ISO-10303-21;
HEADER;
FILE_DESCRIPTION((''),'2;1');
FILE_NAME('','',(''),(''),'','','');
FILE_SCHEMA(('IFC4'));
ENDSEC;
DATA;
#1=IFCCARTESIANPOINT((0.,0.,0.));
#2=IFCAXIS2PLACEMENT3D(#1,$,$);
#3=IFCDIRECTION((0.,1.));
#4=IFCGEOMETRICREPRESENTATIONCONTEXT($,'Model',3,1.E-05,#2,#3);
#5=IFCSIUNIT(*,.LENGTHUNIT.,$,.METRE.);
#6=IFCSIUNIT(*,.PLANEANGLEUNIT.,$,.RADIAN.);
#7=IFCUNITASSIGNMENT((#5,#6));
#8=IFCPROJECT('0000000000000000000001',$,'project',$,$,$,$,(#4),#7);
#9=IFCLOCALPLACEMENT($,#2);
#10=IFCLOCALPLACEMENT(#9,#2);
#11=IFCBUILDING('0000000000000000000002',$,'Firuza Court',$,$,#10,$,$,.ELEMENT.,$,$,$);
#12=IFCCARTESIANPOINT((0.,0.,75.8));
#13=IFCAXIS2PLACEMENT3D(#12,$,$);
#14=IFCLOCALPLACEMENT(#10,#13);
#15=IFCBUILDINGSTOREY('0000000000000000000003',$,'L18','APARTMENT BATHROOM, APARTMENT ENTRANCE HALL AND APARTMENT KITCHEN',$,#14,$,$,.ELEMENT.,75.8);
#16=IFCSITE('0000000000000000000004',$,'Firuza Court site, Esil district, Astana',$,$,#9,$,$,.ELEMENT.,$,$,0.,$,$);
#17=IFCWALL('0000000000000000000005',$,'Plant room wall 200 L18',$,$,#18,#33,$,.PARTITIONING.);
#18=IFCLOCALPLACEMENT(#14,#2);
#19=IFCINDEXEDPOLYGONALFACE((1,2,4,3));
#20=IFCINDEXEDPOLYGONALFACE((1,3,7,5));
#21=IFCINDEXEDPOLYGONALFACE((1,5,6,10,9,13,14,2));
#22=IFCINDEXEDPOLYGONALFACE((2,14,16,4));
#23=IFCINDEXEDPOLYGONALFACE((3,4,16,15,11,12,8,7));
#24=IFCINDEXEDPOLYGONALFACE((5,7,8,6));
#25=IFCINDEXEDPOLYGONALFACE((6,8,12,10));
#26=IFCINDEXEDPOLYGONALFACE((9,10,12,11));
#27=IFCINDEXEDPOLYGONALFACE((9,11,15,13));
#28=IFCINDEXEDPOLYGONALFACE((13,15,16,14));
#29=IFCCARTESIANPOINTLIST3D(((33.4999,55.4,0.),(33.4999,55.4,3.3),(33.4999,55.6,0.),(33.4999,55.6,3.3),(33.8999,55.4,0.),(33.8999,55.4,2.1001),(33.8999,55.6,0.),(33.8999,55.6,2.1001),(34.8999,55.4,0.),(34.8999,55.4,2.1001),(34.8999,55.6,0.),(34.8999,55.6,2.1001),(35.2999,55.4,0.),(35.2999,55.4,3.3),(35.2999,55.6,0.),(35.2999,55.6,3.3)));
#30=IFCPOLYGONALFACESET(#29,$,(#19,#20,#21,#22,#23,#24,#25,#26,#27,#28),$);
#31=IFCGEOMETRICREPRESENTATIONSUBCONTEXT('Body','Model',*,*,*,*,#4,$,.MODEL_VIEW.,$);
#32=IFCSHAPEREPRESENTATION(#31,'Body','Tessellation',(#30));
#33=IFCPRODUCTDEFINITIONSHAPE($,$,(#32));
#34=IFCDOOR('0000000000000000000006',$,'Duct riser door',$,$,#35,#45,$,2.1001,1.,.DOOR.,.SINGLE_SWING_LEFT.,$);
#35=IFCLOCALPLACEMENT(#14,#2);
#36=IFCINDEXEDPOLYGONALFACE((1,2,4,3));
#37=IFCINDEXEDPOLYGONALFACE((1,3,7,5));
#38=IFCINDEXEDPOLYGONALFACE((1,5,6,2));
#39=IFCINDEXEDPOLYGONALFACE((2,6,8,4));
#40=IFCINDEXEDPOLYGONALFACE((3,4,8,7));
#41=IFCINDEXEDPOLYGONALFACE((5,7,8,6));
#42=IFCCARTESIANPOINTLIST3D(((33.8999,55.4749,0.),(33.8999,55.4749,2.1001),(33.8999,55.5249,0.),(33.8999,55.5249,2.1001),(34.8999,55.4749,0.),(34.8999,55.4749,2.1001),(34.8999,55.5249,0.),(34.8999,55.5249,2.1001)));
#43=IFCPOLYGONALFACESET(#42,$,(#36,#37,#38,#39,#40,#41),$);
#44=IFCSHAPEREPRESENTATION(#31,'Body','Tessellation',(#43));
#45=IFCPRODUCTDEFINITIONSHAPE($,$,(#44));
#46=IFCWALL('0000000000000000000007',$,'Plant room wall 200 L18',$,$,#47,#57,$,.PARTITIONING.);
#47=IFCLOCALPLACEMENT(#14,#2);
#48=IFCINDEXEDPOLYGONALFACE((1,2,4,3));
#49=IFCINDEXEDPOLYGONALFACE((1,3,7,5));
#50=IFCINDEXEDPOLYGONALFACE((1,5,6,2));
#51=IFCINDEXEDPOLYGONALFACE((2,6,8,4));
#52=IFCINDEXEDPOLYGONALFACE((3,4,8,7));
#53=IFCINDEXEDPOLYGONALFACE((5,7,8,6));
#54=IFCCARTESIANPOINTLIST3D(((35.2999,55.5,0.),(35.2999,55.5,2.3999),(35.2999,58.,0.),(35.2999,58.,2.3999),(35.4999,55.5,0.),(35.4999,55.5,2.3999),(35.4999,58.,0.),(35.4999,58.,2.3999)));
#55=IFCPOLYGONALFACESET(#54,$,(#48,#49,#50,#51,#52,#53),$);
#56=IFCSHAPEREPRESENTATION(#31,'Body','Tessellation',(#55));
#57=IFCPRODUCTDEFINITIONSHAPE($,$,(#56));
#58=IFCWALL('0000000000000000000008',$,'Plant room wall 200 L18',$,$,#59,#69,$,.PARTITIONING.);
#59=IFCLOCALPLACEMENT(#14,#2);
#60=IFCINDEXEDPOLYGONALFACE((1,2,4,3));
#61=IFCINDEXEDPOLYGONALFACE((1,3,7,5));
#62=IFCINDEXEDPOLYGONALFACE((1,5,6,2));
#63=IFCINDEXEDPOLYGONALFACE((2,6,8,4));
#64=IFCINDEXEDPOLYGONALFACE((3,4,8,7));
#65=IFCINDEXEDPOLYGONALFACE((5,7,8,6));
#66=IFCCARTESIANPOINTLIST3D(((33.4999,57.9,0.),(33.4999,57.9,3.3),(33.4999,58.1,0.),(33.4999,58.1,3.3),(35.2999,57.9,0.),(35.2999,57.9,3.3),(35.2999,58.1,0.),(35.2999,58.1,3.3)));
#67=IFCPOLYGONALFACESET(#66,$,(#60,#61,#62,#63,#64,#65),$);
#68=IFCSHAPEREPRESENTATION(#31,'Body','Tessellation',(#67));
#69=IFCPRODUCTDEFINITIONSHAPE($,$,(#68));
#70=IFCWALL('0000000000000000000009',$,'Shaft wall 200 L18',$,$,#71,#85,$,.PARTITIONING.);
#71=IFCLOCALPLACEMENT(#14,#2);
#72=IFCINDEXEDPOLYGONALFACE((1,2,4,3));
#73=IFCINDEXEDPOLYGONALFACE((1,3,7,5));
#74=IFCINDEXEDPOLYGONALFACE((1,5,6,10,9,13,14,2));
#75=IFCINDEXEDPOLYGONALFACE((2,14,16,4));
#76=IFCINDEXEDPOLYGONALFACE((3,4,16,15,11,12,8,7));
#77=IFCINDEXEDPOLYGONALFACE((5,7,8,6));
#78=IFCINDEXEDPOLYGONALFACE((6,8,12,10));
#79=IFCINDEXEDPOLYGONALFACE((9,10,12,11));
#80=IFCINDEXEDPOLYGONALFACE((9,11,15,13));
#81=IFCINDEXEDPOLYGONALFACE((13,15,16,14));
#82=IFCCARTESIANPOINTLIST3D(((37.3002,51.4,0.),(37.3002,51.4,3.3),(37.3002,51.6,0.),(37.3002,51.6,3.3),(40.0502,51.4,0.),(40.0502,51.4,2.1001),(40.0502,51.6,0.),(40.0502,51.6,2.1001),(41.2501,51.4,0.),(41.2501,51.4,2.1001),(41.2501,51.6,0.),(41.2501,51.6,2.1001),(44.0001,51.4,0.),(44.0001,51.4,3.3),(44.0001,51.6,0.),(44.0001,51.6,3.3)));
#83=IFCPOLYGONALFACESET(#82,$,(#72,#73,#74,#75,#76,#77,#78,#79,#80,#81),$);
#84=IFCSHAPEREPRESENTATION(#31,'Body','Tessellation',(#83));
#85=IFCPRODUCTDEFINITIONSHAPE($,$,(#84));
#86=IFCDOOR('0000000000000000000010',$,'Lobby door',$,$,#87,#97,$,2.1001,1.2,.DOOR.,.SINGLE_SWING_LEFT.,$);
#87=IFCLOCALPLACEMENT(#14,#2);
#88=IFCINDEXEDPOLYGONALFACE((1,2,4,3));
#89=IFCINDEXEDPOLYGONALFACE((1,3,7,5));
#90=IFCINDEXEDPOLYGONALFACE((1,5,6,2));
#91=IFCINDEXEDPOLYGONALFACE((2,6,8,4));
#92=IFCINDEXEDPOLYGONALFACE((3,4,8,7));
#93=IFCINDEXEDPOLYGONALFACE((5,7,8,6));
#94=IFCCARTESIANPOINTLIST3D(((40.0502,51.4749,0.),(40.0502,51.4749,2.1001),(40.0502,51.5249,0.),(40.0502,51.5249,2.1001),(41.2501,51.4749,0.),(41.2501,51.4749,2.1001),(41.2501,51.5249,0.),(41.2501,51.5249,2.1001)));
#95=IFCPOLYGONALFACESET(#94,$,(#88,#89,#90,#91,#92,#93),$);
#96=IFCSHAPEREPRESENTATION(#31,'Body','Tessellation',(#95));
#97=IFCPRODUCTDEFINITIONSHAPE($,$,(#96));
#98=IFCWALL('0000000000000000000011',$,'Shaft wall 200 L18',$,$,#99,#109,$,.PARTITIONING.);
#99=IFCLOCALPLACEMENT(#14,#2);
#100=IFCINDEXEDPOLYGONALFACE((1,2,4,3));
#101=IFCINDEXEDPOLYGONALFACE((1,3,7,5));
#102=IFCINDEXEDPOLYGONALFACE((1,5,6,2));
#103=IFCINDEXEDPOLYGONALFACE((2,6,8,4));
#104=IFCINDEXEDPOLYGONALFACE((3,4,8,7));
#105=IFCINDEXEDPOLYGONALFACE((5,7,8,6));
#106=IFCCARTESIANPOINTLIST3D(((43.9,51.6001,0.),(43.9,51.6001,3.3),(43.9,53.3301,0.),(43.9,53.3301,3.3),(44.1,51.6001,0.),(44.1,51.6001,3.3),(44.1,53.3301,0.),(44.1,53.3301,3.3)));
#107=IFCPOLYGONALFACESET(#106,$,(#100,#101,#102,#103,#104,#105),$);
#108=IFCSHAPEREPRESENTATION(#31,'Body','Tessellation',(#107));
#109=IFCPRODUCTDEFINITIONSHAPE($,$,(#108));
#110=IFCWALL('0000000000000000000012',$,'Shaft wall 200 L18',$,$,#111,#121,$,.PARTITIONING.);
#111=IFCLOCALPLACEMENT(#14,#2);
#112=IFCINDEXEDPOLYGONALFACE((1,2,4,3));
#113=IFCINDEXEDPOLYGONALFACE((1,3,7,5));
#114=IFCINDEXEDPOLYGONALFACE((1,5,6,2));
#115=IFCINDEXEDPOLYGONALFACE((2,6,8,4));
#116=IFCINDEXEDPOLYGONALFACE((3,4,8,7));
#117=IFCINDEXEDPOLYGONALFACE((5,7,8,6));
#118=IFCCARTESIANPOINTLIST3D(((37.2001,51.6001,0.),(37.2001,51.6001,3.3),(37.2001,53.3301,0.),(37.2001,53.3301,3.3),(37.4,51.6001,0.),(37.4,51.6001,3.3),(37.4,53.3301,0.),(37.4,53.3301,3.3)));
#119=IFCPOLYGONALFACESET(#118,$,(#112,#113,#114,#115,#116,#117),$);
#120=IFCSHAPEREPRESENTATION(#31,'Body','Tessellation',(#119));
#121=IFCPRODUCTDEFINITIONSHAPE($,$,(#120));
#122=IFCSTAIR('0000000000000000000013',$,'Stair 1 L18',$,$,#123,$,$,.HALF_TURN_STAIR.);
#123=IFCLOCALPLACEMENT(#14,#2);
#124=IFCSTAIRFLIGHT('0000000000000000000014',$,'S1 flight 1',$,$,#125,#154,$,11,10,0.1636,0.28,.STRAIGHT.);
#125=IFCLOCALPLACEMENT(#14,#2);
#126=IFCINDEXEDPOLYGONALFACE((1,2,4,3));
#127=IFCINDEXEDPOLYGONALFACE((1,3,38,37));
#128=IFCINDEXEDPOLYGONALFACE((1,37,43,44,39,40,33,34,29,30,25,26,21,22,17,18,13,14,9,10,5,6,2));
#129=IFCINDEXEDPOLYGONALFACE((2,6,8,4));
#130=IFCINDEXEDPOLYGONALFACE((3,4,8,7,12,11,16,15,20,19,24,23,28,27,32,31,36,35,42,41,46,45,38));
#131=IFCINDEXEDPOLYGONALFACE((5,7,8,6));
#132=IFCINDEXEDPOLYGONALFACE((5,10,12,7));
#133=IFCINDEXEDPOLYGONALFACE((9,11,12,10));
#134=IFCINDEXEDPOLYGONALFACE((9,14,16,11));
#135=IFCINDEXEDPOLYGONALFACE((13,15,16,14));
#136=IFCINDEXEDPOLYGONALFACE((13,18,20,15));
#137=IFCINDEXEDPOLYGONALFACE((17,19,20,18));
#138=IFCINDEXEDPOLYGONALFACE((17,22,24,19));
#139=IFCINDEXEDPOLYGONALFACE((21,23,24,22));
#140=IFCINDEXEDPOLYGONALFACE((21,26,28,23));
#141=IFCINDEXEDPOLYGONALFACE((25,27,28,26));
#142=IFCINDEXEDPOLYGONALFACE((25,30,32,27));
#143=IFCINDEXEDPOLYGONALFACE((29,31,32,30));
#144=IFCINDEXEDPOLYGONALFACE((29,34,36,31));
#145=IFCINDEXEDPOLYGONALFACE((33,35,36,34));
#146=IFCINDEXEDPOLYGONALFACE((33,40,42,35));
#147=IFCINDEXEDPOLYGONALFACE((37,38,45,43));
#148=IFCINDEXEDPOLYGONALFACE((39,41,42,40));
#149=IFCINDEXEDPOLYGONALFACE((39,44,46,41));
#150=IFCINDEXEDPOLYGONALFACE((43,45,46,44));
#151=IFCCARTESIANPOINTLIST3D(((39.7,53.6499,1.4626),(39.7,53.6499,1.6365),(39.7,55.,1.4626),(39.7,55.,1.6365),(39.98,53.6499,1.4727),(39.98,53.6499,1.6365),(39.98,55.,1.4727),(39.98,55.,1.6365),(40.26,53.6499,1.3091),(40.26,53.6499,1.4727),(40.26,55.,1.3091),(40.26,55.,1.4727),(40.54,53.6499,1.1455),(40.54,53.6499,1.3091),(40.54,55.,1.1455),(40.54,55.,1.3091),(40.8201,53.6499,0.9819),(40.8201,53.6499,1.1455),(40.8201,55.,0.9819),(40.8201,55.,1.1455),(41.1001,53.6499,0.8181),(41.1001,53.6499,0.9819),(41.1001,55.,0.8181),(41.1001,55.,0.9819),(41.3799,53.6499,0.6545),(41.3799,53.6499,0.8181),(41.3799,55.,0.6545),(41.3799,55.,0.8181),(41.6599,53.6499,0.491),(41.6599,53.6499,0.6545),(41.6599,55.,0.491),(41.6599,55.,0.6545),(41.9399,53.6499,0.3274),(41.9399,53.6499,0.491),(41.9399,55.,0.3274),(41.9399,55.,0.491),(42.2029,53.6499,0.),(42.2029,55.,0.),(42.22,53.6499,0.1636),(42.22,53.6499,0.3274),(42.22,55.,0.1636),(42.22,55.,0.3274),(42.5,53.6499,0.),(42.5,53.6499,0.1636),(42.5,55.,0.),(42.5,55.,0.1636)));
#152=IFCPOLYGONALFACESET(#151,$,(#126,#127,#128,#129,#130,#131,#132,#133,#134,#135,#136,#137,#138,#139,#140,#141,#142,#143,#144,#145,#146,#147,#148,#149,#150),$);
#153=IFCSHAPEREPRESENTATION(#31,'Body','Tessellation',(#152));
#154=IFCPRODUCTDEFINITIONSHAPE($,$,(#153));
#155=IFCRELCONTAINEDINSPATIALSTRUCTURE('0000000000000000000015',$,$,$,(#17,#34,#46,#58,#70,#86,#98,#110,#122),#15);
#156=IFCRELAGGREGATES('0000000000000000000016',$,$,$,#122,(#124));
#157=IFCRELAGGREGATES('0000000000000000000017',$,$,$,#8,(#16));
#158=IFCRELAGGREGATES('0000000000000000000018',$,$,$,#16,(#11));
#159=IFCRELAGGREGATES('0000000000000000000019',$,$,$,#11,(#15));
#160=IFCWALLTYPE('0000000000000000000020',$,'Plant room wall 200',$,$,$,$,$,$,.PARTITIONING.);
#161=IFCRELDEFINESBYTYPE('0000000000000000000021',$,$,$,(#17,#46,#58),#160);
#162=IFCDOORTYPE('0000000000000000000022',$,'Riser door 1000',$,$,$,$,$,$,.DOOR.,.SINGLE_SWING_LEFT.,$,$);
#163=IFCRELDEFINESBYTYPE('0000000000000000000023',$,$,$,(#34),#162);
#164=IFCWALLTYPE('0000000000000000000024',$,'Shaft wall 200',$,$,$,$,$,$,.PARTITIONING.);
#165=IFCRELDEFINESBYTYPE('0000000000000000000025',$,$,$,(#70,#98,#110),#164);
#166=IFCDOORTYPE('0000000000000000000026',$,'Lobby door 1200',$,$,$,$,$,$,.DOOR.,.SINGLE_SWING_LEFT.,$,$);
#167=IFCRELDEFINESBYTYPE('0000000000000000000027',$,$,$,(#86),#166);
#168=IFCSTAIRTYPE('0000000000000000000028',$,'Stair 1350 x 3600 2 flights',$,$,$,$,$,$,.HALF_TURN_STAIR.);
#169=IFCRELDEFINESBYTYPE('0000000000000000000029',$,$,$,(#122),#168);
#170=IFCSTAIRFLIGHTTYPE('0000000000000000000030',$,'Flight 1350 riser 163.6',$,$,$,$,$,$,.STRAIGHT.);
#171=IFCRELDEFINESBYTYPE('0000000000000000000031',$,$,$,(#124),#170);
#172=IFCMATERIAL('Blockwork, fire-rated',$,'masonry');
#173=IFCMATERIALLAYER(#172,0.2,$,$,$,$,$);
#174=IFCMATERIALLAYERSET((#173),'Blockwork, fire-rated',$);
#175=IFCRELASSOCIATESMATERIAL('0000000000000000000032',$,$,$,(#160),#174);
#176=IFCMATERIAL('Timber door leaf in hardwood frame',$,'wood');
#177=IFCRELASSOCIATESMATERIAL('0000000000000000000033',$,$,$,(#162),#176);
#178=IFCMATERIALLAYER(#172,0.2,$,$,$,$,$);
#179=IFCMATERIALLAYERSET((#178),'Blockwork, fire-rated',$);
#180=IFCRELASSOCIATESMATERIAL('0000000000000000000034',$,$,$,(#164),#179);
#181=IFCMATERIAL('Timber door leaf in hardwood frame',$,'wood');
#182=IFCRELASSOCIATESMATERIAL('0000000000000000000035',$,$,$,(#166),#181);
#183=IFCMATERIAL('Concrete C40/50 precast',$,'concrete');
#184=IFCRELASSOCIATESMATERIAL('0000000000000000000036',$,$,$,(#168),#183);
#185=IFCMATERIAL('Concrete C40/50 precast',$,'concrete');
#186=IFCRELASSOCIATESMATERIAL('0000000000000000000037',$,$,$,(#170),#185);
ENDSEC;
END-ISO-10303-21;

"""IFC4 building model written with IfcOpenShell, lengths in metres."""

from ifc_helpers import new_model, si_unit, direction, frame, frame_2d, origin, place, context, subcontext, project, spatial, polyline, rectangle, outline, extrude, material, layer, layer_set, type_object, element, fill, aggregate, save


model = new_model("IFC4")

# Units and contexts
model_context = context("Model", 3, precision=1e-05, world=origin(), true_north=direction((0.0, 1.0)))
body_context = subcontext(model_context, "Body", "Model", "MODEL_VIEW")
ifc_project = project(units=[si_unit("LENGTHUNIT", "METRE"), si_unit("PLANEANGLEUNIT", "RADIAN")], contexts=[model_context])

# Site, building, storey
site_placement = place(None, origin())
site = spatial("IfcSite", under=ifc_project, at=site_placement, Name="Firuza Court site, Esil district, Astana", CompositionType="ELEMENT", RefElevation=0.0)
building_placement = place(site_placement, origin())
building = spatial("IfcBuilding", under=site, at=building_placement, Name="Firuza Court", CompositionType="ELEMENT")
storey_placement = place(building_placement, frame((0.0, 0.0, 75.8)))
storey = spatial("IfcBuildingStorey", under=building, at=storey_placement, Name="L18", Description="APARTMENT BATHROOM, APARTMENT ENTRANCE HALL AND APARTMENT KITCHEN", CompositionType="ELEMENT", Elevation=75.8)

# Shared definitions
ifc_material_1 = material(Name="Blockwork, fire-rated", Category="masonry")
ifc_layer_1 = layer(ifc_material_1, 0.2)
ifc_layer_set_1 = layer_set([ifc_layer_1], Name="Blockwork, fire-rated")
wall_type_1 = type_object("IfcWallType", Name="Plant room wall 200", PredefinedType="PARTITIONING", material=ifc_layer_set_1)

# Wall, opening, door
wall_1_placement = place(storey_placement, frame((33.5, 55.5, 0.0), z_axis=(0.0, 0.0, 1.0), x_axis=(1.0, 0.0, 0.0)))
wall_1 = element("IfcWall", 1, at=wall_1_placement, inside=storey, type_object=wall_type_1, Name="Plant room wall 200 L18", PredefinedType="PARTITIONING", context=body_context, shape_type="SweptSolid", body=[
    extrude(rectangle(XDim=1.8, YDim=0.2, at=frame_2d((0.8999, 0.0))), origin(), (0.0, 0.0, 1.0), 3.3),
])
opening_1_placement = place(wall_1_placement, frame((0.3999, 0.0, 0.0)))
opening_1 = element("IfcOpeningElement", 2, at=opening_1_placement, cuts=wall_1, PredefinedType="OPENING", context=body_context, shape_type="SweptSolid", body=[
    extrude(rectangle(XDim=1.0, YDim=2.1001, at=frame_2d((0.5, 1.05))), frame((0.0, 0.1118, 0.0), z_axis=(0.0, -1.0, 0.0), x_axis=(1.0, 0.0, 0.0)), (0.0, 0.0, 1.0), 0.2239),
])
ifc_material_2 = material(Name="Timber door leaf in hardwood frame", Category="wood")
door_type_1 = type_object("IfcDoorType", Name="Riser door 1000", OperationType="SINGLE_SWING_LEFT", PredefinedType="DOOR", material=ifc_material_2)
door_1_placement = place(opening_1_placement, origin())
door_1 = element("IfcDoor", 3, at=door_1_placement, inside=storey, type_object=door_type_1, Name="Duct riser door", OperationType="SINGLE_SWING_LEFT", OverallHeight=2.1001, OverallWidth=1.0, PredefinedType="DOOR", context=body_context, shape_type="SweptSolid", body=[
    extrude(rectangle(XDim=1.0, YDim=2.1001, at=frame_2d((0.5, 1.05))), frame((0.0, 0.0249, 0.0), z_axis=(0.0, -1.0, 0.0), x_axis=(1.0, 0.0, 0.0)), (0.0, 0.0, 1.0), 0.05),
])
fill(opening_1, door_1)

# Walls
wall_2_placement = place(storey_placement, frame((35.3999, 55.5, 0.0), z_axis=(0.0, 0.0, 1.0), x_axis=(0.0, 1.0, 0.0)))
element("IfcWall", 4, at=wall_2_placement, inside=storey, type_object=wall_type_1, Name="Plant room wall 200 L18", PredefinedType="PARTITIONING", context=body_context, shape_type="SweptSolid", body=[
    extrude(rectangle(XDim=2.5, YDim=0.2, at=frame_2d((1.25, 0.0))), origin(), (0.0, 0.0, 1.0), 2.3999),
])
wall_3_placement = place(storey_placement, frame((33.5, 58.0, 0.0), z_axis=(0.0, 0.0, 1.0), x_axis=(1.0, 0.0, 0.0)))
element("IfcWall", 5, at=wall_3_placement, inside=storey, type_object=wall_type_1, Name="Plant room wall 200 L18", PredefinedType="PARTITIONING", context=body_context, shape_type="SweptSolid", body=[
    extrude(rectangle(XDim=1.8, YDim=0.2, at=frame_2d((0.8999, 0.0))), origin(), (0.0, 0.0, 1.0), 3.3),
])

# Wall, opening, door
ifc_layer_2 = layer(ifc_material_1, 0.2)
ifc_layer_set_2 = layer_set([ifc_layer_2], Name="Blockwork, fire-rated")
wall_type_2 = type_object("IfcWallType", Name="Shaft wall 200", PredefinedType="PARTITIONING", material=ifc_layer_set_2)
wall_4_placement = place(storey_placement, frame((37.3, 51.5, 0.0), z_axis=(0.0, 0.0, 1.0), x_axis=(1.0, 0.0, 0.0)))
wall_4 = element("IfcWall", 6, at=wall_4_placement, inside=storey, type_object=wall_type_2, Name="Shaft wall 200 L18", PredefinedType="PARTITIONING", context=body_context, shape_type="SweptSolid", body=[
    extrude(rectangle(XDim=6.7, YDim=0.2, at=frame_2d((3.3501, 0.0))), origin(), (0.0, 0.0, 1.0), 3.3),
])
opening_2_placement = place(wall_4_placement, frame((2.75, 0.0, 0.0)))
opening_2 = element("IfcOpeningElement", 7, at=opening_2_placement, cuts=wall_4, PredefinedType="OPENING", context=body_context, shape_type="SweptSolid", body=[
    extrude(rectangle(XDim=1.2, YDim=2.1001, at=frame_2d((0.6001, 1.05))), frame((0.0, 0.1118, 0.0), z_axis=(0.0, -1.0, 0.0), x_axis=(1.0, 0.0, 0.0)), (0.0, 0.0, 1.0), 0.2239),
])
ifc_material_3 = material(Name="Timber door leaf in hardwood frame", Category="wood")
door_type_2 = type_object("IfcDoorType", Name="Lobby door 1200", OperationType="SINGLE_SWING_LEFT", PredefinedType="DOOR", material=ifc_material_3)
door_2_placement = place(opening_2_placement, origin())
door_2 = element("IfcDoor", 8, at=door_2_placement, inside=storey, type_object=door_type_2, Name="Lobby door", OperationType="SINGLE_SWING_LEFT", OverallHeight=2.1001, OverallWidth=1.2, PredefinedType="DOOR", context=body_context, shape_type="SweptSolid", body=[
    extrude(rectangle(XDim=1.2, YDim=2.1001, at=frame_2d((0.6001, 1.05))), frame((0.0, 0.0249, 0.0), z_axis=(0.0, -1.0, 0.0), x_axis=(1.0, 0.0, 0.0)), (0.0, 0.0, 1.0), 0.05),
])
fill(opening_2, door_2)

# Walls
for number, where, z_axis, x_axis, name in (
    (9, (44.0, 51.6001, 0.0), (0.0, 0.0, 1.0), (0.0, 1.0, 0.0), "Shaft wall 200 L18"),
    (10, (37.3, 51.6001, 0.0), (0.0, 0.0, 1.0), (0.0, 1.0, 0.0), "Shaft wall 200 L18"),
):
    element("IfcWall", number, at=place(storey_placement, frame(where, z_axis=z_axis, x_axis=x_axis)), inside=storey, type_object=wall_type_2, Name=name, PredefinedType="PARTITIONING", context=body_context, shape_type="SweptSolid", body=[
        extrude(rectangle(XDim=1.73, YDim=0.2, at=frame_2d((0.865, 0.0))), origin(), (0.0, 0.0, 1.0), 3.3),
    ])

# Stair, stair flight
ifc_material_4 = material(Name="Concrete C40/50 precast", Category="concrete")
stair_type = type_object("IfcStairType", Name="Stair 1350 x 3600 2 flights", PredefinedType="HALF_TURN_STAIR", material=ifc_material_4)
stair_placement = place(storey_placement, origin())
stair = element("IfcStair", 11, at=stair_placement, inside=storey, type_object=stair_type, Name="Stair 1 L18", PredefinedType="HALF_TURN_STAIR")
ifc_material_5 = material(Name="Concrete C40/50 precast", Category="concrete")
stair_flight_type = type_object("IfcStairFlightType", Name="Flight 1350 riser 163.6", PredefinedType="STRAIGHT", material=ifc_material_5)
stair_flight_1_placement = place(storey_placement, frame((42.5, 54.325, 0.0), z_axis=(0.0, 0.0, 1.0), x_axis=(-1.0, 0.0, 0.0)))
stair_flight_1 = element("IfcStairFlight", 12, at=stair_flight_1_placement, type_object=stair_flight_type, Name="S1 flight 1", NumberOfRisers=11, NumberOfTreads=10, PredefinedType="STRAIGHT", RiserHeight=0.1636, TreadLength=0.28, context=body_context, shape_type="SweptSolid", body=[
    extrude(outline(polyline([(0.0, 0.0), (0.0, 0.1636), (0.28, 0.1636), (0.28, 0.3274), (0.5601, 0.3274), (0.5601, 0.491), (0.8401, 0.491), (0.8401, 0.6545), (1.1201, 0.6545), (1.1201, 0.8181), (1.3999, 0.8181), (1.3999, 0.9819), (1.6799, 0.9819), (1.6799, 1.1455), (1.96, 1.1455), (1.96, 1.3091), (2.24, 1.3091), (2.24, 1.4727), (2.52, 1.4727), (2.52, 1.6365), (2.8, 1.6365), (2.8, 1.8), (2.8, 1.4626), (0.2971, 0.0), (0.0, 0.0)])), frame((0.0, 0.675, 0.0), z_axis=(0.0, -1.0, 0.0), x_axis=(1.0, 0.0, 0.0)), (0.0, 0.0, 1.0), 1.3501),
])
aggregate(stair, [stair_flight_1])

save(model, "model.ifc")
